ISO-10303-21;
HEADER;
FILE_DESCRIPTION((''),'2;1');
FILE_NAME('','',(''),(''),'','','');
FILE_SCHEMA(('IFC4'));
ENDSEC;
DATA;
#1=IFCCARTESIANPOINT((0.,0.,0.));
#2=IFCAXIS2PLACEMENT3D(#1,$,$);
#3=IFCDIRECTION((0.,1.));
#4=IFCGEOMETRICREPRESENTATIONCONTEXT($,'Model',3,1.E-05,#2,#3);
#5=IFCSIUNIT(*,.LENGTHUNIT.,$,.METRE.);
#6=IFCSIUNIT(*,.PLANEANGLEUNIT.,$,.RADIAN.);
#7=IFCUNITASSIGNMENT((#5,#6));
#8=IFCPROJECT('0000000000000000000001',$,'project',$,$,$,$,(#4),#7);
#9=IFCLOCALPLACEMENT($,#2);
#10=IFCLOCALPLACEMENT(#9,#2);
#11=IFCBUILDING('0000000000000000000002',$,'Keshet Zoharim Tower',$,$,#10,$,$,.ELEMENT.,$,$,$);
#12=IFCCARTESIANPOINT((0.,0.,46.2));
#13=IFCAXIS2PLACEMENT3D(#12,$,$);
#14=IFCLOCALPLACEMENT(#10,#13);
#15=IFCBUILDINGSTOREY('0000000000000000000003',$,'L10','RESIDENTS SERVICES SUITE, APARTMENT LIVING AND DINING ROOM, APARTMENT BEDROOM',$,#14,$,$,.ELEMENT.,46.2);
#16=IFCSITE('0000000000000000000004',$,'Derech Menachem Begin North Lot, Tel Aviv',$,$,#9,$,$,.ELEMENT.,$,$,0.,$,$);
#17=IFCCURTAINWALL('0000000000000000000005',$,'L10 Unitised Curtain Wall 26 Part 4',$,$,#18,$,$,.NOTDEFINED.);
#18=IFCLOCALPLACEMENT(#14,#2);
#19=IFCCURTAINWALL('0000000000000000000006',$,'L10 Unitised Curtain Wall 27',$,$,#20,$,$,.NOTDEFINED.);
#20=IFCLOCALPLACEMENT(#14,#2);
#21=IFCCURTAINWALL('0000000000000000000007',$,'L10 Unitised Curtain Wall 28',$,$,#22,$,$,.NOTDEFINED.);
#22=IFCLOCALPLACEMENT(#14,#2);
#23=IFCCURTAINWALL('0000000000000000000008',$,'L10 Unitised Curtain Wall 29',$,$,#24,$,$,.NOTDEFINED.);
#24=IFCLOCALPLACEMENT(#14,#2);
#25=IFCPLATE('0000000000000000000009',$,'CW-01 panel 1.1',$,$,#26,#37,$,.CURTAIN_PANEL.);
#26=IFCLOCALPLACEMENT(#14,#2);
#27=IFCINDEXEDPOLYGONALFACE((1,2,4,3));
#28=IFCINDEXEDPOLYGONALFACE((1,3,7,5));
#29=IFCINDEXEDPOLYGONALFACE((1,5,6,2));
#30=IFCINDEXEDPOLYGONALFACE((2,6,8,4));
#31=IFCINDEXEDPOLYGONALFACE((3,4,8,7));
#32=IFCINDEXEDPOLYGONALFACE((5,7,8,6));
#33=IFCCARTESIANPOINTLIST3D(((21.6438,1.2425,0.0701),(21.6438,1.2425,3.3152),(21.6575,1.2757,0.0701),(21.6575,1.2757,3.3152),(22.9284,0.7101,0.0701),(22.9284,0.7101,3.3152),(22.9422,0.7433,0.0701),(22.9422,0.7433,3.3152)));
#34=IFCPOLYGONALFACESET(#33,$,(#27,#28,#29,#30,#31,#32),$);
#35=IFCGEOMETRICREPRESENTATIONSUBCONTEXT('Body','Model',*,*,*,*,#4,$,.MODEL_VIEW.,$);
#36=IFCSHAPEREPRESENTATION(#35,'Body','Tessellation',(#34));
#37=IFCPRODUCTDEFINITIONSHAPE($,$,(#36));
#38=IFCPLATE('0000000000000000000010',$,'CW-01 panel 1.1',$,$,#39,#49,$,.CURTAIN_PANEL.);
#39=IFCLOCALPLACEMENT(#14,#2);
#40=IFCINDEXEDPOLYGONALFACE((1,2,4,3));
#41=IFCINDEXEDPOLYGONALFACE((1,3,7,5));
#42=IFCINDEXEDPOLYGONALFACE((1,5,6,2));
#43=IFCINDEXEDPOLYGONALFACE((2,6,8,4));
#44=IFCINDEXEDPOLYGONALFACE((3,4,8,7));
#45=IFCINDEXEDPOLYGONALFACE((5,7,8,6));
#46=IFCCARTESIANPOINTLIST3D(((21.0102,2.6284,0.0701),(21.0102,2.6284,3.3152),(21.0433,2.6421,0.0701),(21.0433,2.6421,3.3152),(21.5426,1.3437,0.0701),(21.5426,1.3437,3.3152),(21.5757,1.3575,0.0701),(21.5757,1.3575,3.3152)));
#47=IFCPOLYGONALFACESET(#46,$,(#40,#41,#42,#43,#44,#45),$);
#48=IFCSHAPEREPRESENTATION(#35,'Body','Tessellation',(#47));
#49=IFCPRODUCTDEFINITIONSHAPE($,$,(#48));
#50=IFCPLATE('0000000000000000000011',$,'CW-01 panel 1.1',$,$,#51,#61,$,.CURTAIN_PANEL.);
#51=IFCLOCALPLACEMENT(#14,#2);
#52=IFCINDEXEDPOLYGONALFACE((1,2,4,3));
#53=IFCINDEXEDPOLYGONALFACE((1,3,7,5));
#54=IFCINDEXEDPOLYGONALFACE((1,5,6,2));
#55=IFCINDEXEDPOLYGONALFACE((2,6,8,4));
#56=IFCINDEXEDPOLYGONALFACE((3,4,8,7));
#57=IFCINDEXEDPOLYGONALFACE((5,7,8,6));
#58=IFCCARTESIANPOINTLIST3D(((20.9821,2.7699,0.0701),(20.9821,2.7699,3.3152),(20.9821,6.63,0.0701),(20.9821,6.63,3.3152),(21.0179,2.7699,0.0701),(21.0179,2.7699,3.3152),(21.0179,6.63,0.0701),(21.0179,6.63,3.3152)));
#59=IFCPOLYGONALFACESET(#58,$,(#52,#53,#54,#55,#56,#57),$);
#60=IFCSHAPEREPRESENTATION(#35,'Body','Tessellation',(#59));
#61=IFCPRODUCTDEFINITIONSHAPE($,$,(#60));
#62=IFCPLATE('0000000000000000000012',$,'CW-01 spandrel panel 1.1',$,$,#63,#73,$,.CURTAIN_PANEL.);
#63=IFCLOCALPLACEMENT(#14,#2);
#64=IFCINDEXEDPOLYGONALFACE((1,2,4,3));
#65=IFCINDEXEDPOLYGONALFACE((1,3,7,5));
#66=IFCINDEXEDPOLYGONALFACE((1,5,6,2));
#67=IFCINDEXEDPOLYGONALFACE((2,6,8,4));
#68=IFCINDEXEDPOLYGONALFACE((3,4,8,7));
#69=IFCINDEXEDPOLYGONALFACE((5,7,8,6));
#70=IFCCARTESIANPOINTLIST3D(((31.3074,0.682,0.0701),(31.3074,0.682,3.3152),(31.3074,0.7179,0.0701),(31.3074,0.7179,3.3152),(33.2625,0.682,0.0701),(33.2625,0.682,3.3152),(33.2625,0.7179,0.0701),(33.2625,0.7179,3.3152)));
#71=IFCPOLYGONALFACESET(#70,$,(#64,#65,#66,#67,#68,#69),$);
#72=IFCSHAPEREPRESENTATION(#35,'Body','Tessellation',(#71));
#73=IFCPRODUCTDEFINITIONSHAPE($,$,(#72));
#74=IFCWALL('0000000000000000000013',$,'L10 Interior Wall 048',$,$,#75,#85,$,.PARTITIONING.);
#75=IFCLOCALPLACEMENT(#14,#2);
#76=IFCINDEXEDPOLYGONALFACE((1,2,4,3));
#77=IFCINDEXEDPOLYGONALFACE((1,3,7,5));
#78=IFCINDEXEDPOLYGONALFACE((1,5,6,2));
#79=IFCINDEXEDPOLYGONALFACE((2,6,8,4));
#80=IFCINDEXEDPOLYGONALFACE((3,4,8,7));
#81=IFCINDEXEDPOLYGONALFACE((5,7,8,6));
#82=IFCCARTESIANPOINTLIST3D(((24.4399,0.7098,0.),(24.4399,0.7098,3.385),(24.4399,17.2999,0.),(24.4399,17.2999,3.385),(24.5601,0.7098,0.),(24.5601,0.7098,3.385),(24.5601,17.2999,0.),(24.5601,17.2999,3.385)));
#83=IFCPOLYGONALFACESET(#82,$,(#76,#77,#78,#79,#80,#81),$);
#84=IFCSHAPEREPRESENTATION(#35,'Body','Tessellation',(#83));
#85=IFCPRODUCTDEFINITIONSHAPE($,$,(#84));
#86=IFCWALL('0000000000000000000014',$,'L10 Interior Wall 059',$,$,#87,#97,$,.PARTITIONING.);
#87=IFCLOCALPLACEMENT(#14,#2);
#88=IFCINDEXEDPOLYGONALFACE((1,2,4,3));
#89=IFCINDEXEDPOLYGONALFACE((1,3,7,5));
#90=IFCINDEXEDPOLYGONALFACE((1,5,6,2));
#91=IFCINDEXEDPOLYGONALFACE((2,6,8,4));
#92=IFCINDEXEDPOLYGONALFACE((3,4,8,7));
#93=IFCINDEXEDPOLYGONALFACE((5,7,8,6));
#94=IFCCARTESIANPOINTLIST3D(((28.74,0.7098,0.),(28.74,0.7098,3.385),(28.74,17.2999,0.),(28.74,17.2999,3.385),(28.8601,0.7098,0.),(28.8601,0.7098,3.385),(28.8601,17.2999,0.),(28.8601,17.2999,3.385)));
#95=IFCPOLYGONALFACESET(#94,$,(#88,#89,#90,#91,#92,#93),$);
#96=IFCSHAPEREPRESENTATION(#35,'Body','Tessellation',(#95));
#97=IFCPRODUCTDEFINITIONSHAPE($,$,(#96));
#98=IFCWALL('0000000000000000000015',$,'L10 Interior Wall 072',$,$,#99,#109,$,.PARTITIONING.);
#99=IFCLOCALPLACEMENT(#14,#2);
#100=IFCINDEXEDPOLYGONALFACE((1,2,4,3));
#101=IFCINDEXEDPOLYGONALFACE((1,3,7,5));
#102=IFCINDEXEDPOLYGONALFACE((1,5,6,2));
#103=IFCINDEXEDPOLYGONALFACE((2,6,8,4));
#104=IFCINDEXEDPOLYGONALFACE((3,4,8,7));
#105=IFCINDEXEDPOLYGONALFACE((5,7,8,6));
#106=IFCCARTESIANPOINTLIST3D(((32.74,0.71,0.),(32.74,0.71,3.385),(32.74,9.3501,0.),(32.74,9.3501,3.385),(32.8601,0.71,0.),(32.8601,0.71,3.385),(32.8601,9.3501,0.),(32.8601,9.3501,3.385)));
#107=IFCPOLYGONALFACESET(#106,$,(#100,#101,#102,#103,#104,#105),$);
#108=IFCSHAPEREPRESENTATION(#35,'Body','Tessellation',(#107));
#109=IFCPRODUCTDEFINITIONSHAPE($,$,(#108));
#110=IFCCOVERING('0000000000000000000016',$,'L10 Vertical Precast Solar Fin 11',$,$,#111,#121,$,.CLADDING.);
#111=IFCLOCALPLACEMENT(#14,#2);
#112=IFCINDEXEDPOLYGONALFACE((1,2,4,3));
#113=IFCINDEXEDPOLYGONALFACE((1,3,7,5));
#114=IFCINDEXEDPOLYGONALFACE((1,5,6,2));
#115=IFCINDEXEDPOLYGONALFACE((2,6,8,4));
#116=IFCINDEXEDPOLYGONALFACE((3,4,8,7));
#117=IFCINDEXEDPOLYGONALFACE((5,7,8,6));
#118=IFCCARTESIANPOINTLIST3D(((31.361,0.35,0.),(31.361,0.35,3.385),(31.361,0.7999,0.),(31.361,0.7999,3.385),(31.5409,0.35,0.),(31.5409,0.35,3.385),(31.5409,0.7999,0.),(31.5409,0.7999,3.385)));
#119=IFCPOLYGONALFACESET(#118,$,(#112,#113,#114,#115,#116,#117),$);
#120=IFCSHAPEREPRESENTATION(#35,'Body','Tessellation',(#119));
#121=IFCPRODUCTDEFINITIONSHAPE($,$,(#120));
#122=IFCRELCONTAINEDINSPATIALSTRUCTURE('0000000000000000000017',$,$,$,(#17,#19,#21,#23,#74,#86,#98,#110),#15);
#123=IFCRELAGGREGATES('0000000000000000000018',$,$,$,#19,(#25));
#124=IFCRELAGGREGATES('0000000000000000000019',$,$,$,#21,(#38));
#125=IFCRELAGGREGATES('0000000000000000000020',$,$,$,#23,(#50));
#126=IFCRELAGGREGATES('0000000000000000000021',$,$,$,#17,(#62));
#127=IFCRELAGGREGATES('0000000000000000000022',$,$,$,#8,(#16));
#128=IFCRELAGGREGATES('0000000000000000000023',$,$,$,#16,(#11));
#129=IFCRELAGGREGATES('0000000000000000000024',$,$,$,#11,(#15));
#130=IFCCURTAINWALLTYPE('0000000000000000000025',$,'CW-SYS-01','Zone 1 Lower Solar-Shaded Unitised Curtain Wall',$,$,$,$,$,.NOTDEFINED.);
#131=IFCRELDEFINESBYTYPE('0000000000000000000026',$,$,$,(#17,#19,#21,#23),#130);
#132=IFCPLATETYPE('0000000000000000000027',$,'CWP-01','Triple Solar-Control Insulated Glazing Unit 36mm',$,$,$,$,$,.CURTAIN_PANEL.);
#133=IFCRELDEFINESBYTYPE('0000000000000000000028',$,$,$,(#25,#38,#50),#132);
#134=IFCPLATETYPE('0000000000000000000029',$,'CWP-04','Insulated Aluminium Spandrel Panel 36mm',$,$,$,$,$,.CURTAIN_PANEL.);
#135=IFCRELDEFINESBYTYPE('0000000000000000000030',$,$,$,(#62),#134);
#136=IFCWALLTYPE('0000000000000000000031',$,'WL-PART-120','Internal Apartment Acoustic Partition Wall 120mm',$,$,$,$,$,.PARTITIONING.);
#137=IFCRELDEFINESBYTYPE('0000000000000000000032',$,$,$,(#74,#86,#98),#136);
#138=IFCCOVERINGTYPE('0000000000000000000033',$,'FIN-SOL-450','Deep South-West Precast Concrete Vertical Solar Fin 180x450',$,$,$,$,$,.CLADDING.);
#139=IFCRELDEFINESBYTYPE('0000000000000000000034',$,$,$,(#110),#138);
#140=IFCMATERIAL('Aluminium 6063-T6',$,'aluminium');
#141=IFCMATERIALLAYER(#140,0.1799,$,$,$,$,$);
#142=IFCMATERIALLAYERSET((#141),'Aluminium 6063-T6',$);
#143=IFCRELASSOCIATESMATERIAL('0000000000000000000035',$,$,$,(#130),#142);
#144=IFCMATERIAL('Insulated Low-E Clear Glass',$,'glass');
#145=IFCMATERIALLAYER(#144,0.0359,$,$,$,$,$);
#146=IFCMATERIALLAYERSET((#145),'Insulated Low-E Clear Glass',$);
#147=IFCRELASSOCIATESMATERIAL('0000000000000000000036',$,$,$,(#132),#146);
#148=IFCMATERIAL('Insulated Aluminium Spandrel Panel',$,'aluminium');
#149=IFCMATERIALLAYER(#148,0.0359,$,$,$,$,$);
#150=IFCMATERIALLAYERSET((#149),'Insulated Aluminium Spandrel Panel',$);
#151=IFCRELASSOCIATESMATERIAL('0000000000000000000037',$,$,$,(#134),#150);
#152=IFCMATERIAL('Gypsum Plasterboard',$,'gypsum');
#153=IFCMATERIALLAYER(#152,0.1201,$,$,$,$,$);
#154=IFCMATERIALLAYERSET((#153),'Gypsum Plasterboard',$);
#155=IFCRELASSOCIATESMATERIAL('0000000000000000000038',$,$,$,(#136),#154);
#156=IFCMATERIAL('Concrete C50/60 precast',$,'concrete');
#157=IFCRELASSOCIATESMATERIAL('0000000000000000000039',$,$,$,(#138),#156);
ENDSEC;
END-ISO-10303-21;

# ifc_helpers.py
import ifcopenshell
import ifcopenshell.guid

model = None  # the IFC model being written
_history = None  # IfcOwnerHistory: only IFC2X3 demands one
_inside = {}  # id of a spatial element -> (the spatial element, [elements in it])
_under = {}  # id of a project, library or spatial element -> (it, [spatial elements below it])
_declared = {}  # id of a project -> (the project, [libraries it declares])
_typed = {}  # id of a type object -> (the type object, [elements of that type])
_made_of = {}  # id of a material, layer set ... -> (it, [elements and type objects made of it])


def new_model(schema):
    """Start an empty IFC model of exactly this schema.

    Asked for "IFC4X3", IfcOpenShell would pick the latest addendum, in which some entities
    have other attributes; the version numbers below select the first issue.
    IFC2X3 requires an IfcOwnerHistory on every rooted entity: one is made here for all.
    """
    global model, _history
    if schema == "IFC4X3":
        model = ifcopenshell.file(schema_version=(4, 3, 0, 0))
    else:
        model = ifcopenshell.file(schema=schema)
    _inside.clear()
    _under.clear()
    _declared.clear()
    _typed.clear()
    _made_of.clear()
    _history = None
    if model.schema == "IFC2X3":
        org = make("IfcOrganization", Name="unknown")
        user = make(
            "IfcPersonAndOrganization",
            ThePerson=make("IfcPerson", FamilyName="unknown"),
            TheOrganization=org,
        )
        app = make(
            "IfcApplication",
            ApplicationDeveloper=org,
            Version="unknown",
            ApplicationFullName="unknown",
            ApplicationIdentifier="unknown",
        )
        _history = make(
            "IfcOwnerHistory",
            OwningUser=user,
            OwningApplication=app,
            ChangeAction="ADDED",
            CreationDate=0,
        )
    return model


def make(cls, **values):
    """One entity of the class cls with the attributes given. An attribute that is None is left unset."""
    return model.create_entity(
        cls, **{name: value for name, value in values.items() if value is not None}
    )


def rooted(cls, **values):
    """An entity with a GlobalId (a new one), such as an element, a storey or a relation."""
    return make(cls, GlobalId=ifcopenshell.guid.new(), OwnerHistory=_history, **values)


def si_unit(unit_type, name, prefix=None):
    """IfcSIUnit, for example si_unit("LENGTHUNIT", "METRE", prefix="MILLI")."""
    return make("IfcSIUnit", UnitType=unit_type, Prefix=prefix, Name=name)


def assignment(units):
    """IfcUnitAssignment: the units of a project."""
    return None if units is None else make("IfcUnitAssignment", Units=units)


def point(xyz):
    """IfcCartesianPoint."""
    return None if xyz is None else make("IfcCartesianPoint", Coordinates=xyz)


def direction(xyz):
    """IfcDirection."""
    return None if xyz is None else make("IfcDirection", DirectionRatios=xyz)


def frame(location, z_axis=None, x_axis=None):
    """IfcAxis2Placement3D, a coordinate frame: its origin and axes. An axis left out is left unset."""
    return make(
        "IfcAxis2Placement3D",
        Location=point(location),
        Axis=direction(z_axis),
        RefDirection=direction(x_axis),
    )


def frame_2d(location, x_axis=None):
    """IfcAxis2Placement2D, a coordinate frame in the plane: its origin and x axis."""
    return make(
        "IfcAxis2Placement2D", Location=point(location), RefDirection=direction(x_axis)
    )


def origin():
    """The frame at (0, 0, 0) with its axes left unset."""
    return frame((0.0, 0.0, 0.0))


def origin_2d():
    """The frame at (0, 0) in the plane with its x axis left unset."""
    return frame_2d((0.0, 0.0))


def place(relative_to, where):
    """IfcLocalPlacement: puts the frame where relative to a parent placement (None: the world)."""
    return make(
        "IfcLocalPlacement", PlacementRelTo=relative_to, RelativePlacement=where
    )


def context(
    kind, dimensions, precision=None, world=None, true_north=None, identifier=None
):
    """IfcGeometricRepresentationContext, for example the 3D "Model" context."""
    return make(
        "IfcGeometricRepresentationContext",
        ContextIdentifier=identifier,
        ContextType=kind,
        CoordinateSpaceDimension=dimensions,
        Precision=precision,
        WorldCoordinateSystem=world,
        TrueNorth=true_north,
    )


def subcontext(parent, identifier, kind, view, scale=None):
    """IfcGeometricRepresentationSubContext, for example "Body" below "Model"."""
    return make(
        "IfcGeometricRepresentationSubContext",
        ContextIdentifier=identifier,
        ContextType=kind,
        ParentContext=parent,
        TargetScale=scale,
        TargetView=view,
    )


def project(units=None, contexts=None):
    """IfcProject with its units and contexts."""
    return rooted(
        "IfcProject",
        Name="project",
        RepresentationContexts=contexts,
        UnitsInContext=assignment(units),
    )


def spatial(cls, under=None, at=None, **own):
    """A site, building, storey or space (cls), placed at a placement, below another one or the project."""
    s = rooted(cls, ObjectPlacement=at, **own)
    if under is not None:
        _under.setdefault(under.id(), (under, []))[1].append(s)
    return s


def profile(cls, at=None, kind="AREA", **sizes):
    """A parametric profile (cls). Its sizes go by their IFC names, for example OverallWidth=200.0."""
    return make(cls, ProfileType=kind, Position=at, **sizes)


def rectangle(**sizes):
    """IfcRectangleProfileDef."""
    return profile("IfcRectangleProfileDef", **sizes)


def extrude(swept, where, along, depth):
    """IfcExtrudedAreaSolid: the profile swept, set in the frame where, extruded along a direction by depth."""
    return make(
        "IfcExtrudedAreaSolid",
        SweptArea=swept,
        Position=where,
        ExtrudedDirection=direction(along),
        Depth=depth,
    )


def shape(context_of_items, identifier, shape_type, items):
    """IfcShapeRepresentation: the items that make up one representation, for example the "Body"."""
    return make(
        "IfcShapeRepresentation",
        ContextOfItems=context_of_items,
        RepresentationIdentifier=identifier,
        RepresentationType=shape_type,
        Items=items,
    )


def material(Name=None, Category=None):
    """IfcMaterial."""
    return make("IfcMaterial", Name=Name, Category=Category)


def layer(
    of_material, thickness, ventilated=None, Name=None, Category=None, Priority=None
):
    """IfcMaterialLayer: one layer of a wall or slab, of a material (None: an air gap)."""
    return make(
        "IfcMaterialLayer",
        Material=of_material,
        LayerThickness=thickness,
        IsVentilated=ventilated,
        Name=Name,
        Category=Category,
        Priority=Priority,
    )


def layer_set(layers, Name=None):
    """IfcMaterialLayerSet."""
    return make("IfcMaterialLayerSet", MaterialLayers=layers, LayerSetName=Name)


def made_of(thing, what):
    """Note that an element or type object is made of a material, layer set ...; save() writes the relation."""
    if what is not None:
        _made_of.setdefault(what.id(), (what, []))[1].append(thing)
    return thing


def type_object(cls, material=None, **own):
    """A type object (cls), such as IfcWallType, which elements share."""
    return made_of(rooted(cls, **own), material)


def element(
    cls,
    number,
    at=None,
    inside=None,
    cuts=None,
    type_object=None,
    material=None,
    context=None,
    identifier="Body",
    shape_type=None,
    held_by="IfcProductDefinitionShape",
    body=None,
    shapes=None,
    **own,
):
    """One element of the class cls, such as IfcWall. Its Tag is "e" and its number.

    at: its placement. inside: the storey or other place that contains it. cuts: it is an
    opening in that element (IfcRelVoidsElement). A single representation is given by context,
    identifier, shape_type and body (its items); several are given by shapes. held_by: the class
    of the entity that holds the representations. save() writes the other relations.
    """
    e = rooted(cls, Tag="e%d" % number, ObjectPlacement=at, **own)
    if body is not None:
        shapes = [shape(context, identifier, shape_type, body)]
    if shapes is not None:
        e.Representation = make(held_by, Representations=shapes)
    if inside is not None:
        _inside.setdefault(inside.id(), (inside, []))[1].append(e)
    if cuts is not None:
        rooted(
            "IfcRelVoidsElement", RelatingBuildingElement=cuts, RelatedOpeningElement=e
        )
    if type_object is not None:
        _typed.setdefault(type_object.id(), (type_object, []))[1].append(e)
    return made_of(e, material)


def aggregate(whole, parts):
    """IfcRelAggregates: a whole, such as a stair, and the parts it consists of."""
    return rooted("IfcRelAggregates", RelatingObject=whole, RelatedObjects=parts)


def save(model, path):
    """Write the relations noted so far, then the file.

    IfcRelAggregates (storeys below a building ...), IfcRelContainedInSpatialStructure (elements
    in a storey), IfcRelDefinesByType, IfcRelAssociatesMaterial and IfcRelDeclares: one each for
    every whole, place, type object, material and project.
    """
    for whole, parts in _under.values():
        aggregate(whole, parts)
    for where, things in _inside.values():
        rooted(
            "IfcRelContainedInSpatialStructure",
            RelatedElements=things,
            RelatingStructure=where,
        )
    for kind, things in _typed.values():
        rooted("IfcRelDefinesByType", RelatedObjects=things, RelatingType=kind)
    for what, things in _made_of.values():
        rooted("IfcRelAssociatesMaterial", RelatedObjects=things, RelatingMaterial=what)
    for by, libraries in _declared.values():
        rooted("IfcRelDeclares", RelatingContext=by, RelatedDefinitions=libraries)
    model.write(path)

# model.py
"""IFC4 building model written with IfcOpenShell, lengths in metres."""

from ifc_helpers import new_model, si_unit, direction, frame, frame_2d, origin, origin_2d, place, context, subcontext, project, spatial, rectangle, extrude, material, layer, layer_set, type_object, element, aggregate, save


model = new_model("IFC4")

# Units and contexts
model_context = context("Model", 3, precision=1e-05, world=origin(), true_north=direction((0.0, 1.0)))
body_context = subcontext(model_context, "Body", "Model", "MODEL_VIEW")
ifc_project = project(units=[si_unit("LENGTHUNIT", "METRE"), si_unit("PLANEANGLEUNIT", "RADIAN")], contexts=[model_context])

# Site, building, storey
site_placement = place(None, origin())
site = spatial("IfcSite", under=ifc_project, at=site_placement, Name="Derech Menachem Begin North Lot, Tel Aviv", CompositionType="ELEMENT", RefElevation=0.0)
building_placement = place(site_placement, origin())
building = spatial("IfcBuilding", under=site, at=building_placement, Name="Keshet Zoharim Tower", CompositionType="ELEMENT")
storey_placement = place(building_placement, frame((0.0, 0.0, 46.2)))
storey = spatial("IfcBuildingStorey", under=building, at=storey_placement, Name="L10", Description="RESIDENTS SERVICES SUITE, APARTMENT LIVING AND DINING ROOM, APARTMENT BEDROOM", CompositionType="ELEMENT", Elevation=46.2)

# Curtain wall
ifc_material_1 = material(Name="Aluminium 6063-T6", Category="aluminium")
ifc_layer_1 = layer(ifc_material_1, 0.1799)
ifc_layer_set_1 = layer_set([ifc_layer_1], Name="Aluminium 6063-T6")
curtain_wall_type = type_object("IfcCurtainWallType", Name="CW-SYS-01", Description="Zone 1 Lower Solar-Shaded Unitised Curtain Wall", PredefinedType="NOTDEFINED", material=ifc_layer_set_1)
curtain_wall_1_placement = place(storey_placement, origin())
curtain_wall_1 = element("IfcCurtainWall", 1, at=curtain_wall_1_placement, inside=storey, type_object=curtain_wall_type, Name="L10 Unitised Curtain Wall 26 Part 4", PredefinedType="NOTDEFINED")

# Curtain walls
curtain_wall_2_placement = place(storey_placement, origin())
curtain_wall_2 = element("IfcCurtainWall", 2, at=curtain_wall_2_placement, inside=storey, type_object=curtain_wall_type, Name="L10 Unitised Curtain Wall 27", PredefinedType="NOTDEFINED")
curtain_wall_3_placement = place(storey_placement, origin())
curtain_wall_3 = element("IfcCurtainWall", 3, at=curtain_wall_3_placement, inside=storey, type_object=curtain_wall_type, Name="L10 Unitised Curtain Wall 28", PredefinedType="NOTDEFINED")
curtain_wall_4_placement = place(storey_placement, origin())
curtain_wall_4 = element("IfcCurtainWall", 4, at=curtain_wall_4_placement, inside=storey, type_object=curtain_wall_type, Name="L10 Unitised Curtain Wall 29", PredefinedType="NOTDEFINED")

# Plates
ifc_material_2 = material(Name="Insulated Low-E Clear Glass", Category="glass")
ifc_layer_2 = layer(ifc_material_2, 0.0359)
ifc_layer_set_2 = layer_set([ifc_layer_2], Name="Insulated Low-E Clear Glass")
plate_type_1 = type_object("IfcPlateType", Name="CWP-01", Description="Triple Solar-Control Insulated Glazing Unit 36mm", PredefinedType="CURTAIN_PANEL", material=ifc_layer_set_2)
plate_1_placement = place(storey_placement, frame((22.293, 0.9929, 0.0701), z_axis=(0.0, 0.0, 1.0), x_axis=(-0.92381, 0.382852, 0.0)))
plate_1 = element("IfcPlate", 5, at=plate_1_placement, type_object=plate_type_1, Name="CW-01 panel 1.1", PredefinedType="CURTAIN_PANEL", context=body_context, shape_type="SweptSolid", body=[
    extrude(rectangle(XDim=1.3906, YDim=0.0359, at=origin_2d()), origin(), (0.0, 0.0, 1.0), 3.2451),
])
aggregate(curtain_wall_2, [plate_1])
plate_2_placement = place(storey_placement, frame((21.293, 1.9929, 0.0701), z_axis=(0.0, 0.0, 1.0), x_axis=(-0.382852, 0.92381, 0.0)))
plate_2 = element("IfcPlate", 6, at=plate_2_placement, type_object=plate_type_1, Name="CW-01 panel 1.1", PredefinedType="CURTAIN_PANEL", context=body_context, shape_type="SweptSolid", body=[
    extrude(rectangle(XDim=1.3906, YDim=0.0359, at=origin_2d()), origin(), (0.0, 0.0, 1.0), 3.2451),
])
aggregate(curtain_wall_3, [plate_2])
plate_3_placement = place(storey_placement, frame((21.0, 4.7, 0.0701), z_axis=(0.0, 0.0, 1.0), x_axis=(0.0, 1.0, 0.0)))
plate_3 = element("IfcPlate", 7, at=plate_3_placement, type_object=plate_type_1, Name="CW-01 panel 1.1", PredefinedType="CURTAIN_PANEL", context=body_context, shape_type="SweptSolid", body=[
    extrude(rectangle(XDim=3.8601, YDim=0.0359, at=origin_2d()), origin(), (0.0, 0.0, 1.0), 3.2451),
])
aggregate(curtain_wall_4, [plate_3])
ifc_material_3 = material(Name="Insulated Aluminium Spandrel Panel", Category="aluminium")
ifc_layer_3 = layer(ifc_material_3, 0.0359)
ifc_layer_set_3 = layer_set([ifc_layer_3], Name="Insulated Aluminium Spandrel Panel")
plate_type_2 = type_object("IfcPlateType", Name="CWP-04", Description="Insulated Aluminium Spandrel Panel 36mm", PredefinedType="CURTAIN_PANEL", material=ifc_layer_set_3)
plate_4_placement = place(storey_placement, frame((32.2849, 0.7, 0.0701), z_axis=(0.0, 0.0, 1.0), x_axis=(-1.0, 0.0, 0.0)))
plate_4 = element("IfcPlate", 8, at=plate_4_placement, type_object=plate_type_2, Name="CW-01 spandrel panel 1.1", PredefinedType="CURTAIN_PANEL", context=body_context, shape_type="SweptSolid", body=[
    extrude(rectangle(XDim=1.9551, YDim=0.0359, at=origin_2d()), origin(), (0.0, 0.0, 1.0), 3.2451),
])
aggregate(curtain_wall_1, [plate_4])

# Walls
ifc_material_4 = material(Name="Gypsum Plasterboard", Category="gypsum")
ifc_layer_4 = layer(ifc_material_4, 0.1201)
ifc_layer_set_4 = layer_set([ifc_layer_4], Name="Gypsum Plasterboard")
wall_type = type_object("IfcWallType", Name="WL-PART-120", Description="Internal Apartment Acoustic Partition Wall 120mm", PredefinedType="PARTITIONING", material=ifc_layer_set_4)
for number, where, z_axis, x_axis, name in (
    (9, (24.5, 0.71, 0.0), (0.0, 0.0, 1.0), (0.0, 1.0, 0.0), "L10 Interior Wall 048"),
    (10, (28.8, 0.71, 0.0), (0.0, 0.0, 1.0), (0.0, 1.0, 0.0), "L10 Interior Wall 059"),
):
    element("IfcWall", number, at=place(storey_placement, frame(where, z_axis=z_axis, x_axis=x_axis)), inside=storey, type_object=wall_type, Name=name, PredefinedType="PARTITIONING", context=body_context, shape_type="SweptSolid", body=[
        extrude(rectangle(XDim=16.5901, YDim=0.1201, at=frame_2d((8.2949, 0.0))), origin(), (0.0, 0.0, 1.0), 3.385),
    ])
wall_placement = place(storey_placement, frame((32.8, 0.71, 0.0), z_axis=(0.0, 0.0, 1.0), x_axis=(0.0, 1.0, 0.0)))
element("IfcWall", 11, at=wall_placement, inside=storey, type_object=wall_type, Name="L10 Interior Wall 072", PredefinedType="PARTITIONING", context=body_context, shape_type="SweptSolid", body=[
    extrude(rectangle(XDim=8.6401, YDim=0.1201, at=frame_2d((4.3201, 0.0))), origin(), (0.0, 0.0, 1.0), 3.385),
])

# Covering
ifc_material_5 = material(Name="Concrete C50/60 precast", Category="concrete")
covering_type = type_object("IfcCoveringType", Name="FIN-SOL-450", Description="Deep South-West Precast Concrete Vertical Solar Fin 180x450", PredefinedType="CLADDING", material=ifc_material_5)
covering_placement = place(storey_placement, frame((31.4509, 0.575, 0.0), z_axis=(0.0, 0.0, 1.0), x_axis=(-1.0, 0.0, 0.0)))
element("IfcCovering", 12, at=covering_placement, inside=storey, type_object=covering_type, Name="L10 Vertical Precast Solar Fin 11", PredefinedType="CLADDING", context=body_context, shape_type="SweptSolid", body=[
    extrude(rectangle(XDim=0.1799, YDim=0.45, at=origin_2d()), origin(), (0.0, 0.0, 1.0), 3.385),
])

save(model, "model.ifc")
